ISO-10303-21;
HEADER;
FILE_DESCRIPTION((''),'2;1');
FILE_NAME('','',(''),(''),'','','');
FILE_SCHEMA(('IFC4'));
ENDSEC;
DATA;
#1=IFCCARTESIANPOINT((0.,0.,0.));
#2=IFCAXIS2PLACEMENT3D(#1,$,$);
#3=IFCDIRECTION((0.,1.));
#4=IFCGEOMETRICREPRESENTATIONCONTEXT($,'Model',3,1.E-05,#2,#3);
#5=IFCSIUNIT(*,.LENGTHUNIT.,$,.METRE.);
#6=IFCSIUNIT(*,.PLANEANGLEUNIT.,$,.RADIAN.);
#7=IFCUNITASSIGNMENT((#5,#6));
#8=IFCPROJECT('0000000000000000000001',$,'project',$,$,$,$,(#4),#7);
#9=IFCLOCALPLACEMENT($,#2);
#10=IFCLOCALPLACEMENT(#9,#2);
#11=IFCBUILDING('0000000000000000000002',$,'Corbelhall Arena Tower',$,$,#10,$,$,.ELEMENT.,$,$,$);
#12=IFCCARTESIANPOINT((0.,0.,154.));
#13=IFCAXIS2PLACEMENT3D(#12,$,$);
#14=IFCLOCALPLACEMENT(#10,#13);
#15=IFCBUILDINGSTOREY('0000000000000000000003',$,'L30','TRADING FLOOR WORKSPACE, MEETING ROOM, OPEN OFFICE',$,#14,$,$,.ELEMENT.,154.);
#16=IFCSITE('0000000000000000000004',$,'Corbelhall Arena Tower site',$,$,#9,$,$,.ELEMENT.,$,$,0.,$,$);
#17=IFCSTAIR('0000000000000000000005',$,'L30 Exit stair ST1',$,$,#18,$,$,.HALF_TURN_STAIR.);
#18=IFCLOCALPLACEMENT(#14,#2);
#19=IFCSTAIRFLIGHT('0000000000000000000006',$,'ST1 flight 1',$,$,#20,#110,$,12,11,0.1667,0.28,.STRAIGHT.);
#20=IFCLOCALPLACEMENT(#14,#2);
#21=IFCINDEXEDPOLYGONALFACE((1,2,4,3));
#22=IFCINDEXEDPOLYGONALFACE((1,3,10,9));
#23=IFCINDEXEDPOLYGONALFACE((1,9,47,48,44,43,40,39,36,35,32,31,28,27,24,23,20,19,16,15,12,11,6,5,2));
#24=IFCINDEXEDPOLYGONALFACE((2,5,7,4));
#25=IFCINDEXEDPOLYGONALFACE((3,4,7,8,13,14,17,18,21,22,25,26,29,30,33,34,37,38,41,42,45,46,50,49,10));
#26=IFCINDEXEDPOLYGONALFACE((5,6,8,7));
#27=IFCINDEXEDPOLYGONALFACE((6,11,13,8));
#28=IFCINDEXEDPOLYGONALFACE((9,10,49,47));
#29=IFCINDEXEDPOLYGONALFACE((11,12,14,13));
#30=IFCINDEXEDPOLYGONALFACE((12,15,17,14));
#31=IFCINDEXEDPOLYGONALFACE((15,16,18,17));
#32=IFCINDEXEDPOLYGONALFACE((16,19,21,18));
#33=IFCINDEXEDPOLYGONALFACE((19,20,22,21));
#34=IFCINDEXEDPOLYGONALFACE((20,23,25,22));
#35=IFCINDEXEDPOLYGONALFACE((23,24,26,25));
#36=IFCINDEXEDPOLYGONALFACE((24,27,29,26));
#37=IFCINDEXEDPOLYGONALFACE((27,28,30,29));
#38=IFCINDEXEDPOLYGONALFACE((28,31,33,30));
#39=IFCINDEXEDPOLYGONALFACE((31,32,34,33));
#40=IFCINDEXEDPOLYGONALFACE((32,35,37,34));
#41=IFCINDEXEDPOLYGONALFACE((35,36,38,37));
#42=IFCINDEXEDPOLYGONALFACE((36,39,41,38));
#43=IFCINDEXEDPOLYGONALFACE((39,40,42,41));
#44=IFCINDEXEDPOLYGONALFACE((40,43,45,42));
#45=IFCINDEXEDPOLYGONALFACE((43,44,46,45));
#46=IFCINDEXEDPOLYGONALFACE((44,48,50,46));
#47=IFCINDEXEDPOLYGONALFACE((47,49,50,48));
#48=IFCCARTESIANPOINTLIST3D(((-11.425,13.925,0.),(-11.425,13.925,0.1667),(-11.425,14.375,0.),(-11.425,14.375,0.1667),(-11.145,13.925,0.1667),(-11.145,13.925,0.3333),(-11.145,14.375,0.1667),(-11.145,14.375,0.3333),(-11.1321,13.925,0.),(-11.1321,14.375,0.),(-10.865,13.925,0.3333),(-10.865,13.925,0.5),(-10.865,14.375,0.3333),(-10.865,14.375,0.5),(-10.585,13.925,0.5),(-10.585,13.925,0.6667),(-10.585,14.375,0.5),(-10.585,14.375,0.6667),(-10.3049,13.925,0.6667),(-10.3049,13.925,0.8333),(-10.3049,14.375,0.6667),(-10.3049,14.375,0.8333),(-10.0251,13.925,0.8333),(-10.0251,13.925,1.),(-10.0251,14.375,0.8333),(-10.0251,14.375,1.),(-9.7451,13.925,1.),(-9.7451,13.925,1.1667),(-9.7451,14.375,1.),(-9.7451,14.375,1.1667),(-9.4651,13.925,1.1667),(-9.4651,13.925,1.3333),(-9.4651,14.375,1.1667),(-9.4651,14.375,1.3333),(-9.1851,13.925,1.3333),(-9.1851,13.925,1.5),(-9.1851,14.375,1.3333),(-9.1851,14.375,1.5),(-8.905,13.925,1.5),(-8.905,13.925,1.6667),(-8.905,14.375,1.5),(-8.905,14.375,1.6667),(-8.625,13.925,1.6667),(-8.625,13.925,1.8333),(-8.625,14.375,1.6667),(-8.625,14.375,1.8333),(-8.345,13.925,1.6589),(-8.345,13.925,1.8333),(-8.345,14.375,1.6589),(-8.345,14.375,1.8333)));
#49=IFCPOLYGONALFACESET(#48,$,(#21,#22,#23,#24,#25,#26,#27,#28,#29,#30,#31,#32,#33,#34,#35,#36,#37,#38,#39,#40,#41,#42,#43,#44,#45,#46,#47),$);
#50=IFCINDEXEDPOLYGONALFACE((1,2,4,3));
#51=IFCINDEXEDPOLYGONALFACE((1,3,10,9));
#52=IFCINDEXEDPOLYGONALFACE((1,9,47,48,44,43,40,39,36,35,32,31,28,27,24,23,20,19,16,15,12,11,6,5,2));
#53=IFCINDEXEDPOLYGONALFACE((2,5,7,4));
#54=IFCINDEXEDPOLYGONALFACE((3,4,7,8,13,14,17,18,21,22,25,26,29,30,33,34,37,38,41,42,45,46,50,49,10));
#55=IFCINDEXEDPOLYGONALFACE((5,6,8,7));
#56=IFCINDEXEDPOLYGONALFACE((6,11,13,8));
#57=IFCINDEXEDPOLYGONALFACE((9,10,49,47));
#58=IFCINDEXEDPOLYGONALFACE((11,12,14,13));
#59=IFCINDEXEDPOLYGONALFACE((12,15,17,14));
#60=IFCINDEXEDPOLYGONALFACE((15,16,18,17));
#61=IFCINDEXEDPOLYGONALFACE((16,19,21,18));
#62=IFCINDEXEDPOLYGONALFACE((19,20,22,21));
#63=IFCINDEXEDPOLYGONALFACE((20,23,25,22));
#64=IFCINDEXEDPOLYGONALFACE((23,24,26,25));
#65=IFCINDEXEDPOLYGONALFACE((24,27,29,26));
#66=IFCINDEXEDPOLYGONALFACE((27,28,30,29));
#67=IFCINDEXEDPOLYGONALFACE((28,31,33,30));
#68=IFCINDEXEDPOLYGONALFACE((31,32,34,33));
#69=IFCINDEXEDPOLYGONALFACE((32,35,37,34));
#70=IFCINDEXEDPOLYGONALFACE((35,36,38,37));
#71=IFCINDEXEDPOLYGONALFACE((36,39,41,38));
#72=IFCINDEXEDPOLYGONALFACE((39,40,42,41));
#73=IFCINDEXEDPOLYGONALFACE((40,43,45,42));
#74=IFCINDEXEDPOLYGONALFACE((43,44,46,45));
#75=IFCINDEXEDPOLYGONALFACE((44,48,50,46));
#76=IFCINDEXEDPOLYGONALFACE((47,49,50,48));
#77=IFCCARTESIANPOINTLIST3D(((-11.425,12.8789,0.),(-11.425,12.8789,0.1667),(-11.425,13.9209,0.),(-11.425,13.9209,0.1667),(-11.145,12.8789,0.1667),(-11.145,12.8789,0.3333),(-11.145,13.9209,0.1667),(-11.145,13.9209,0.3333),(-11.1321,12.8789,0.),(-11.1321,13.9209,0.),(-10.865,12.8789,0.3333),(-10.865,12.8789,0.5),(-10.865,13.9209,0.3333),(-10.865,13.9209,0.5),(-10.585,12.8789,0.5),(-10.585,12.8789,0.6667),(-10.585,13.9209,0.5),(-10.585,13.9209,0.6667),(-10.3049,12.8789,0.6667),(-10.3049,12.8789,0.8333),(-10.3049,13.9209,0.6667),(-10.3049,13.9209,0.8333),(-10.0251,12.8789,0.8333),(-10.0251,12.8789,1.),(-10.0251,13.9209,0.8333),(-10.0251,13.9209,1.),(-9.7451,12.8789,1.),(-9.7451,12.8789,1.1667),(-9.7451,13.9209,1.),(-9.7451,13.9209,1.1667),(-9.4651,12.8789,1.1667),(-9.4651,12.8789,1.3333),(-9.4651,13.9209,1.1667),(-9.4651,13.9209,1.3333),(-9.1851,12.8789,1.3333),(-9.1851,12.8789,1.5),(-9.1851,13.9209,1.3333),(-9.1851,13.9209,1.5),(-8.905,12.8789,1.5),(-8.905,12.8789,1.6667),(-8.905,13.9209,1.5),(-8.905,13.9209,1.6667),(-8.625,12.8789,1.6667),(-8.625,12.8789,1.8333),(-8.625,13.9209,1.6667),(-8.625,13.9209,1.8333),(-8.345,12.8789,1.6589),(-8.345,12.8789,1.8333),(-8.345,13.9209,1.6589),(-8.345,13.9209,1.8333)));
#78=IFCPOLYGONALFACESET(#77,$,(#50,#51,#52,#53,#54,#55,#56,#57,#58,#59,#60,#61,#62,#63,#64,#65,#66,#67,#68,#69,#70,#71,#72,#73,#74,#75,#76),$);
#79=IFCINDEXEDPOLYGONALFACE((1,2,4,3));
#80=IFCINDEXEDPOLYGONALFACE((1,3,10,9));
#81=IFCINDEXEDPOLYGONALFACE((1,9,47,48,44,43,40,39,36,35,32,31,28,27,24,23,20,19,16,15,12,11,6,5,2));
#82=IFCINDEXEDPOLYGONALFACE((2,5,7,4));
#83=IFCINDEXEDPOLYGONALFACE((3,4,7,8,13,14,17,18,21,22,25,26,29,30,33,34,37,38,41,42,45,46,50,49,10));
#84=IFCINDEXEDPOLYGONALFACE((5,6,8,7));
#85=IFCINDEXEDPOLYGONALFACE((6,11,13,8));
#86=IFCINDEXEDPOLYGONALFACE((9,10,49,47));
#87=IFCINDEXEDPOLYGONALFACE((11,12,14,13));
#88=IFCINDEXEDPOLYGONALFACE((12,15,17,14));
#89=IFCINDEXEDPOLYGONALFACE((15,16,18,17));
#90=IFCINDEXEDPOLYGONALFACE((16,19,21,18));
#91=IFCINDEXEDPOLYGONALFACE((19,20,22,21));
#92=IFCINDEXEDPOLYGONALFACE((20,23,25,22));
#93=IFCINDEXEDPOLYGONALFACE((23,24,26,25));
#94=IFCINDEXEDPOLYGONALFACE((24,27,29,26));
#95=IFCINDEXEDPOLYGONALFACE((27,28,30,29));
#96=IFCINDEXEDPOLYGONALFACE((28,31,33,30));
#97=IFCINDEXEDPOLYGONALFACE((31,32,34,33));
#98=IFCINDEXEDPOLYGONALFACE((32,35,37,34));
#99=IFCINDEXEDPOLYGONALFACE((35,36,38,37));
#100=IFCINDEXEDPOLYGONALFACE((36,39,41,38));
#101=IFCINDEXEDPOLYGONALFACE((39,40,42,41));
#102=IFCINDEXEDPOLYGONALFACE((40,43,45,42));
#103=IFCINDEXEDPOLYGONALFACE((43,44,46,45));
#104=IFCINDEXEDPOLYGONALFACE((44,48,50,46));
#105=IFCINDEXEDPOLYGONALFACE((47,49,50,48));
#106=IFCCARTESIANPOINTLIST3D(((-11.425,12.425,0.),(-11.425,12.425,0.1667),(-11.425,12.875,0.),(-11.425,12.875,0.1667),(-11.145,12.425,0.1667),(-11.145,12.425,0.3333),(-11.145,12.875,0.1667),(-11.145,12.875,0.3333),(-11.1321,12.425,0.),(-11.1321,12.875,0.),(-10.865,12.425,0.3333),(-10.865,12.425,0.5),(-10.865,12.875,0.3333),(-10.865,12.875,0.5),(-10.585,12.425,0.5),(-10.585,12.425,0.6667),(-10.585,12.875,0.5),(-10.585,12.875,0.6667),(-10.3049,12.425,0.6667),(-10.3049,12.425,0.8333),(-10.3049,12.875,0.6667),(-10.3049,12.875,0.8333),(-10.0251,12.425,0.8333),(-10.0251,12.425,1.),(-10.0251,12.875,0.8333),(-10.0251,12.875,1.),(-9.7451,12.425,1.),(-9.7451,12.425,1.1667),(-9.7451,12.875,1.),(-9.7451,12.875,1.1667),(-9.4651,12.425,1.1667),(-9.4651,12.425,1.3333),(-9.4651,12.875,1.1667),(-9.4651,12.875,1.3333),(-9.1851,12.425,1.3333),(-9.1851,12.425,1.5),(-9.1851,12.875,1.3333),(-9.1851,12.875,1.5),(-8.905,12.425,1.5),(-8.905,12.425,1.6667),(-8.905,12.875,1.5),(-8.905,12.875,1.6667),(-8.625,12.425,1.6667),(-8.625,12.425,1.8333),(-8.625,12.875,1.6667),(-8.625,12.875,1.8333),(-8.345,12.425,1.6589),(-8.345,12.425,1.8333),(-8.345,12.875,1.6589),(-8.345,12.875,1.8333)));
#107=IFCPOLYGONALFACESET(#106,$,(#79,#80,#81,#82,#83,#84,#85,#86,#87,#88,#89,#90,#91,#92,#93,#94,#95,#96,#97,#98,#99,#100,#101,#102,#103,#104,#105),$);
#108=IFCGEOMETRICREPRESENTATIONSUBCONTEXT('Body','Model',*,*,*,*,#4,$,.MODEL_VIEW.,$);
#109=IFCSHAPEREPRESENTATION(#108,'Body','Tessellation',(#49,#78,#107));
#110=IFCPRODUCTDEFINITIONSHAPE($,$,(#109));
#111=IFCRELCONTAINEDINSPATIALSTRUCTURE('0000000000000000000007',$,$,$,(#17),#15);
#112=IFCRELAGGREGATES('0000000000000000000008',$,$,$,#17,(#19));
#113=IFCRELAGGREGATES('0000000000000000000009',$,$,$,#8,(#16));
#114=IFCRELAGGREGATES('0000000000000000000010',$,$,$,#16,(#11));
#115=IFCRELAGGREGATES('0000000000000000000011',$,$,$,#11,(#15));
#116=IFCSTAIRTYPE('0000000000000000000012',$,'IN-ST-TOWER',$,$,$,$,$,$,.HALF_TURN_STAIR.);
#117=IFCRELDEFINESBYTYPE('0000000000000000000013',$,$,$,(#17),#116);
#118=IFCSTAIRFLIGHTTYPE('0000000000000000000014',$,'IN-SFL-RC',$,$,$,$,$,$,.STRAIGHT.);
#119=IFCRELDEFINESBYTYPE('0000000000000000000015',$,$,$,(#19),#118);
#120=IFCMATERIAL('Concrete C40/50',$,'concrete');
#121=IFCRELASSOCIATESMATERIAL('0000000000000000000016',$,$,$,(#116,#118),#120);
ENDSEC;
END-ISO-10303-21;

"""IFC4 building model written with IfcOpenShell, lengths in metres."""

from ifc_helpers import new_model, si_unit, direction, frame, origin, place, context, subcontext, project, spatial, polyline, outline, extrude, material, type_object, element, aggregate, save


model = new_model("IFC4")

# Units and contexts
model_context = context("Model", 3, precision=1e-05, world=origin(), true_north=direction((0.0, 1.0)))
body_context = subcontext(model_context, "Body", "Model", "MODEL_VIEW")
ifc_project = project(units=[si_unit("LENGTHUNIT", "METRE"), si_unit("PLANEANGLEUNIT", "RADIAN")], contexts=[model_context])

# Site, building, storey
site_placement = place(None, origin())
site = spatial("IfcSite", under=ifc_project, at=site_placement, Name="Corbelhall Arena Tower site", CompositionType="ELEMENT", RefElevation=0.0)
building_placement = place(site_placement, origin())
building = spatial("IfcBuilding", under=site, at=building_placement, Name="Corbelhall Arena Tower", CompositionType="ELEMENT")
storey_placement = place(building_placement, frame((0.0, 0.0, 154.0)))
storey = spatial("IfcBuildingStorey", under=building, at=storey_placement, Name="L30", Description="TRADING FLOOR WORKSPACE, MEETING ROOM, OPEN OFFICE", CompositionType="ELEMENT", Elevation=154.0)

# Shared definitions
ifc_material_1 = material(Name="Concrete C40/50", Category="concrete")

# Stair, stair flight
stair_type = type_object("IfcStairType", Name="IN-ST-TOWER", PredefinedType="HALF_TURN_STAIR", material=ifc_material_1)
stair_placement = place(storey_placement, origin())
stair = element("IfcStair", 1, at=stair_placement, inside=storey, type_object=stair_type, Name="L30 Exit stair ST1", PredefinedType="HALF_TURN_STAIR")
stair_flight_type = type_object("IfcStairFlightType", Name="IN-SFL-RC", PredefinedType="STRAIGHT", material=ifc_material_1)
stair_flight_placement = place(storey_placement, frame((-11.425, 13.3999, 0.0), z_axis=(0.0, 0.0, 1.0), x_axis=(1.0, 0.0, 0.0)))
stair_flight = element("IfcStairFlight", 2, at=stair_flight_placement, type_object=stair_flight_type, Name="ST1 flight 1", NumberOfRisers=12, NumberOfTreads=11, PredefinedType="STRAIGHT", RiserHeight=0.1667, TreadLength=0.28, context=body_context, shape_type="SweptSolid", body=[
    extrude(outline(polyline([(0.0, 0.0), (0.0, 0.1667), (0.28, 0.1667), (0.28, 0.3333), (0.5601, 0.3333), (0.5601, 0.5), (0.8401, 0.5), (0.8401, 0.6667), (1.1201, 0.6667), (1.1201, 0.8333), (1.3999, 0.8333), (1.3999, 1.0), (1.6799, 1.0), (1.6799, 1.1667), (1.96, 1.1667), (1.96, 1.3333), (2.24, 1.3333), (2.24, 1.5), (2.52, 1.5), (2.52, 1.6667), (2.8, 1.6667), (2.8, 1.8333), (3.0801, 1.8333), (3.0801, 2.0), (3.0801, 1.6589), (0.293, 0.0), (0.0, 0.0)])), frame((0.0, 0.9751, 0.0), z_axis=(0.0, -1.0, 0.0), x_axis=(1.0, 0.0, 0.0)), (0.0, 0.0, 1.0), 0.45),
    extrude(outline(polyline([(0.0, 0.0), (0.0, 0.1667), (0.28, 0.1667), (0.28, 0.3333), (0.5601, 0.3333), (0.5601, 0.5), (0.8401, 0.5), (0.8401, 0.6667), (1.1201, 0.6667), (1.1201, 0.8333), (1.3999, 0.8333), (1.3999, 1.0), (1.6799, 1.0), (1.6799, 1.1667), (1.96, 1.1667), (1.96, 1.3333), (2.24, 1.3333), (2.24, 1.5), (2.52, 1.5), (2.52, 1.6667), (2.8, 1.6667), (2.8, 1.8333), (3.0801, 1.8333), (3.0801, 2.0), (3.0801, 1.6589), (0.293, 0.0), (0.0, 0.0)])), frame((0.0, 0.521, 0.0), z_axis=(0.0, -1.0, 0.0), x_axis=(1.0, 0.0, 0.0)), (0.0, 0.0, 1.0), 1.042),
    extrude(outline(polyline([(0.0, 0.0), (0.0, 0.1667), (0.28, 0.1667), (0.28, 0.3333), (0.5601, 0.3333), (0.5601, 0.5), (0.8401, 0.5), (0.8401, 0.6667), (1.1201, 0.6667), (1.1201, 0.8333), (1.3999, 0.8333), (1.3999, 1.0), (1.6799, 1.0), (1.6799, 1.1667), (1.96, 1.1667), (1.96, 1.3333), (2.24, 1.3333), (2.24, 1.5), (2.52, 1.5), (2.52, 1.6667), (2.8, 1.6667), (2.8, 1.8333), (3.0801, 1.8333), (3.0801, 2.0), (3.0801, 1.6589), (0.293, 0.0), (0.0, 0.0)])), frame((0.0, -0.5249, 0.0), z_axis=(0.0, -1.0, 0.0), x_axis=(1.0, 0.0, 0.0)), (0.0, 0.0, 1.0), 0.45),
])
aggregate(stair, [stair_flight])

save(model, "model.ifc")
